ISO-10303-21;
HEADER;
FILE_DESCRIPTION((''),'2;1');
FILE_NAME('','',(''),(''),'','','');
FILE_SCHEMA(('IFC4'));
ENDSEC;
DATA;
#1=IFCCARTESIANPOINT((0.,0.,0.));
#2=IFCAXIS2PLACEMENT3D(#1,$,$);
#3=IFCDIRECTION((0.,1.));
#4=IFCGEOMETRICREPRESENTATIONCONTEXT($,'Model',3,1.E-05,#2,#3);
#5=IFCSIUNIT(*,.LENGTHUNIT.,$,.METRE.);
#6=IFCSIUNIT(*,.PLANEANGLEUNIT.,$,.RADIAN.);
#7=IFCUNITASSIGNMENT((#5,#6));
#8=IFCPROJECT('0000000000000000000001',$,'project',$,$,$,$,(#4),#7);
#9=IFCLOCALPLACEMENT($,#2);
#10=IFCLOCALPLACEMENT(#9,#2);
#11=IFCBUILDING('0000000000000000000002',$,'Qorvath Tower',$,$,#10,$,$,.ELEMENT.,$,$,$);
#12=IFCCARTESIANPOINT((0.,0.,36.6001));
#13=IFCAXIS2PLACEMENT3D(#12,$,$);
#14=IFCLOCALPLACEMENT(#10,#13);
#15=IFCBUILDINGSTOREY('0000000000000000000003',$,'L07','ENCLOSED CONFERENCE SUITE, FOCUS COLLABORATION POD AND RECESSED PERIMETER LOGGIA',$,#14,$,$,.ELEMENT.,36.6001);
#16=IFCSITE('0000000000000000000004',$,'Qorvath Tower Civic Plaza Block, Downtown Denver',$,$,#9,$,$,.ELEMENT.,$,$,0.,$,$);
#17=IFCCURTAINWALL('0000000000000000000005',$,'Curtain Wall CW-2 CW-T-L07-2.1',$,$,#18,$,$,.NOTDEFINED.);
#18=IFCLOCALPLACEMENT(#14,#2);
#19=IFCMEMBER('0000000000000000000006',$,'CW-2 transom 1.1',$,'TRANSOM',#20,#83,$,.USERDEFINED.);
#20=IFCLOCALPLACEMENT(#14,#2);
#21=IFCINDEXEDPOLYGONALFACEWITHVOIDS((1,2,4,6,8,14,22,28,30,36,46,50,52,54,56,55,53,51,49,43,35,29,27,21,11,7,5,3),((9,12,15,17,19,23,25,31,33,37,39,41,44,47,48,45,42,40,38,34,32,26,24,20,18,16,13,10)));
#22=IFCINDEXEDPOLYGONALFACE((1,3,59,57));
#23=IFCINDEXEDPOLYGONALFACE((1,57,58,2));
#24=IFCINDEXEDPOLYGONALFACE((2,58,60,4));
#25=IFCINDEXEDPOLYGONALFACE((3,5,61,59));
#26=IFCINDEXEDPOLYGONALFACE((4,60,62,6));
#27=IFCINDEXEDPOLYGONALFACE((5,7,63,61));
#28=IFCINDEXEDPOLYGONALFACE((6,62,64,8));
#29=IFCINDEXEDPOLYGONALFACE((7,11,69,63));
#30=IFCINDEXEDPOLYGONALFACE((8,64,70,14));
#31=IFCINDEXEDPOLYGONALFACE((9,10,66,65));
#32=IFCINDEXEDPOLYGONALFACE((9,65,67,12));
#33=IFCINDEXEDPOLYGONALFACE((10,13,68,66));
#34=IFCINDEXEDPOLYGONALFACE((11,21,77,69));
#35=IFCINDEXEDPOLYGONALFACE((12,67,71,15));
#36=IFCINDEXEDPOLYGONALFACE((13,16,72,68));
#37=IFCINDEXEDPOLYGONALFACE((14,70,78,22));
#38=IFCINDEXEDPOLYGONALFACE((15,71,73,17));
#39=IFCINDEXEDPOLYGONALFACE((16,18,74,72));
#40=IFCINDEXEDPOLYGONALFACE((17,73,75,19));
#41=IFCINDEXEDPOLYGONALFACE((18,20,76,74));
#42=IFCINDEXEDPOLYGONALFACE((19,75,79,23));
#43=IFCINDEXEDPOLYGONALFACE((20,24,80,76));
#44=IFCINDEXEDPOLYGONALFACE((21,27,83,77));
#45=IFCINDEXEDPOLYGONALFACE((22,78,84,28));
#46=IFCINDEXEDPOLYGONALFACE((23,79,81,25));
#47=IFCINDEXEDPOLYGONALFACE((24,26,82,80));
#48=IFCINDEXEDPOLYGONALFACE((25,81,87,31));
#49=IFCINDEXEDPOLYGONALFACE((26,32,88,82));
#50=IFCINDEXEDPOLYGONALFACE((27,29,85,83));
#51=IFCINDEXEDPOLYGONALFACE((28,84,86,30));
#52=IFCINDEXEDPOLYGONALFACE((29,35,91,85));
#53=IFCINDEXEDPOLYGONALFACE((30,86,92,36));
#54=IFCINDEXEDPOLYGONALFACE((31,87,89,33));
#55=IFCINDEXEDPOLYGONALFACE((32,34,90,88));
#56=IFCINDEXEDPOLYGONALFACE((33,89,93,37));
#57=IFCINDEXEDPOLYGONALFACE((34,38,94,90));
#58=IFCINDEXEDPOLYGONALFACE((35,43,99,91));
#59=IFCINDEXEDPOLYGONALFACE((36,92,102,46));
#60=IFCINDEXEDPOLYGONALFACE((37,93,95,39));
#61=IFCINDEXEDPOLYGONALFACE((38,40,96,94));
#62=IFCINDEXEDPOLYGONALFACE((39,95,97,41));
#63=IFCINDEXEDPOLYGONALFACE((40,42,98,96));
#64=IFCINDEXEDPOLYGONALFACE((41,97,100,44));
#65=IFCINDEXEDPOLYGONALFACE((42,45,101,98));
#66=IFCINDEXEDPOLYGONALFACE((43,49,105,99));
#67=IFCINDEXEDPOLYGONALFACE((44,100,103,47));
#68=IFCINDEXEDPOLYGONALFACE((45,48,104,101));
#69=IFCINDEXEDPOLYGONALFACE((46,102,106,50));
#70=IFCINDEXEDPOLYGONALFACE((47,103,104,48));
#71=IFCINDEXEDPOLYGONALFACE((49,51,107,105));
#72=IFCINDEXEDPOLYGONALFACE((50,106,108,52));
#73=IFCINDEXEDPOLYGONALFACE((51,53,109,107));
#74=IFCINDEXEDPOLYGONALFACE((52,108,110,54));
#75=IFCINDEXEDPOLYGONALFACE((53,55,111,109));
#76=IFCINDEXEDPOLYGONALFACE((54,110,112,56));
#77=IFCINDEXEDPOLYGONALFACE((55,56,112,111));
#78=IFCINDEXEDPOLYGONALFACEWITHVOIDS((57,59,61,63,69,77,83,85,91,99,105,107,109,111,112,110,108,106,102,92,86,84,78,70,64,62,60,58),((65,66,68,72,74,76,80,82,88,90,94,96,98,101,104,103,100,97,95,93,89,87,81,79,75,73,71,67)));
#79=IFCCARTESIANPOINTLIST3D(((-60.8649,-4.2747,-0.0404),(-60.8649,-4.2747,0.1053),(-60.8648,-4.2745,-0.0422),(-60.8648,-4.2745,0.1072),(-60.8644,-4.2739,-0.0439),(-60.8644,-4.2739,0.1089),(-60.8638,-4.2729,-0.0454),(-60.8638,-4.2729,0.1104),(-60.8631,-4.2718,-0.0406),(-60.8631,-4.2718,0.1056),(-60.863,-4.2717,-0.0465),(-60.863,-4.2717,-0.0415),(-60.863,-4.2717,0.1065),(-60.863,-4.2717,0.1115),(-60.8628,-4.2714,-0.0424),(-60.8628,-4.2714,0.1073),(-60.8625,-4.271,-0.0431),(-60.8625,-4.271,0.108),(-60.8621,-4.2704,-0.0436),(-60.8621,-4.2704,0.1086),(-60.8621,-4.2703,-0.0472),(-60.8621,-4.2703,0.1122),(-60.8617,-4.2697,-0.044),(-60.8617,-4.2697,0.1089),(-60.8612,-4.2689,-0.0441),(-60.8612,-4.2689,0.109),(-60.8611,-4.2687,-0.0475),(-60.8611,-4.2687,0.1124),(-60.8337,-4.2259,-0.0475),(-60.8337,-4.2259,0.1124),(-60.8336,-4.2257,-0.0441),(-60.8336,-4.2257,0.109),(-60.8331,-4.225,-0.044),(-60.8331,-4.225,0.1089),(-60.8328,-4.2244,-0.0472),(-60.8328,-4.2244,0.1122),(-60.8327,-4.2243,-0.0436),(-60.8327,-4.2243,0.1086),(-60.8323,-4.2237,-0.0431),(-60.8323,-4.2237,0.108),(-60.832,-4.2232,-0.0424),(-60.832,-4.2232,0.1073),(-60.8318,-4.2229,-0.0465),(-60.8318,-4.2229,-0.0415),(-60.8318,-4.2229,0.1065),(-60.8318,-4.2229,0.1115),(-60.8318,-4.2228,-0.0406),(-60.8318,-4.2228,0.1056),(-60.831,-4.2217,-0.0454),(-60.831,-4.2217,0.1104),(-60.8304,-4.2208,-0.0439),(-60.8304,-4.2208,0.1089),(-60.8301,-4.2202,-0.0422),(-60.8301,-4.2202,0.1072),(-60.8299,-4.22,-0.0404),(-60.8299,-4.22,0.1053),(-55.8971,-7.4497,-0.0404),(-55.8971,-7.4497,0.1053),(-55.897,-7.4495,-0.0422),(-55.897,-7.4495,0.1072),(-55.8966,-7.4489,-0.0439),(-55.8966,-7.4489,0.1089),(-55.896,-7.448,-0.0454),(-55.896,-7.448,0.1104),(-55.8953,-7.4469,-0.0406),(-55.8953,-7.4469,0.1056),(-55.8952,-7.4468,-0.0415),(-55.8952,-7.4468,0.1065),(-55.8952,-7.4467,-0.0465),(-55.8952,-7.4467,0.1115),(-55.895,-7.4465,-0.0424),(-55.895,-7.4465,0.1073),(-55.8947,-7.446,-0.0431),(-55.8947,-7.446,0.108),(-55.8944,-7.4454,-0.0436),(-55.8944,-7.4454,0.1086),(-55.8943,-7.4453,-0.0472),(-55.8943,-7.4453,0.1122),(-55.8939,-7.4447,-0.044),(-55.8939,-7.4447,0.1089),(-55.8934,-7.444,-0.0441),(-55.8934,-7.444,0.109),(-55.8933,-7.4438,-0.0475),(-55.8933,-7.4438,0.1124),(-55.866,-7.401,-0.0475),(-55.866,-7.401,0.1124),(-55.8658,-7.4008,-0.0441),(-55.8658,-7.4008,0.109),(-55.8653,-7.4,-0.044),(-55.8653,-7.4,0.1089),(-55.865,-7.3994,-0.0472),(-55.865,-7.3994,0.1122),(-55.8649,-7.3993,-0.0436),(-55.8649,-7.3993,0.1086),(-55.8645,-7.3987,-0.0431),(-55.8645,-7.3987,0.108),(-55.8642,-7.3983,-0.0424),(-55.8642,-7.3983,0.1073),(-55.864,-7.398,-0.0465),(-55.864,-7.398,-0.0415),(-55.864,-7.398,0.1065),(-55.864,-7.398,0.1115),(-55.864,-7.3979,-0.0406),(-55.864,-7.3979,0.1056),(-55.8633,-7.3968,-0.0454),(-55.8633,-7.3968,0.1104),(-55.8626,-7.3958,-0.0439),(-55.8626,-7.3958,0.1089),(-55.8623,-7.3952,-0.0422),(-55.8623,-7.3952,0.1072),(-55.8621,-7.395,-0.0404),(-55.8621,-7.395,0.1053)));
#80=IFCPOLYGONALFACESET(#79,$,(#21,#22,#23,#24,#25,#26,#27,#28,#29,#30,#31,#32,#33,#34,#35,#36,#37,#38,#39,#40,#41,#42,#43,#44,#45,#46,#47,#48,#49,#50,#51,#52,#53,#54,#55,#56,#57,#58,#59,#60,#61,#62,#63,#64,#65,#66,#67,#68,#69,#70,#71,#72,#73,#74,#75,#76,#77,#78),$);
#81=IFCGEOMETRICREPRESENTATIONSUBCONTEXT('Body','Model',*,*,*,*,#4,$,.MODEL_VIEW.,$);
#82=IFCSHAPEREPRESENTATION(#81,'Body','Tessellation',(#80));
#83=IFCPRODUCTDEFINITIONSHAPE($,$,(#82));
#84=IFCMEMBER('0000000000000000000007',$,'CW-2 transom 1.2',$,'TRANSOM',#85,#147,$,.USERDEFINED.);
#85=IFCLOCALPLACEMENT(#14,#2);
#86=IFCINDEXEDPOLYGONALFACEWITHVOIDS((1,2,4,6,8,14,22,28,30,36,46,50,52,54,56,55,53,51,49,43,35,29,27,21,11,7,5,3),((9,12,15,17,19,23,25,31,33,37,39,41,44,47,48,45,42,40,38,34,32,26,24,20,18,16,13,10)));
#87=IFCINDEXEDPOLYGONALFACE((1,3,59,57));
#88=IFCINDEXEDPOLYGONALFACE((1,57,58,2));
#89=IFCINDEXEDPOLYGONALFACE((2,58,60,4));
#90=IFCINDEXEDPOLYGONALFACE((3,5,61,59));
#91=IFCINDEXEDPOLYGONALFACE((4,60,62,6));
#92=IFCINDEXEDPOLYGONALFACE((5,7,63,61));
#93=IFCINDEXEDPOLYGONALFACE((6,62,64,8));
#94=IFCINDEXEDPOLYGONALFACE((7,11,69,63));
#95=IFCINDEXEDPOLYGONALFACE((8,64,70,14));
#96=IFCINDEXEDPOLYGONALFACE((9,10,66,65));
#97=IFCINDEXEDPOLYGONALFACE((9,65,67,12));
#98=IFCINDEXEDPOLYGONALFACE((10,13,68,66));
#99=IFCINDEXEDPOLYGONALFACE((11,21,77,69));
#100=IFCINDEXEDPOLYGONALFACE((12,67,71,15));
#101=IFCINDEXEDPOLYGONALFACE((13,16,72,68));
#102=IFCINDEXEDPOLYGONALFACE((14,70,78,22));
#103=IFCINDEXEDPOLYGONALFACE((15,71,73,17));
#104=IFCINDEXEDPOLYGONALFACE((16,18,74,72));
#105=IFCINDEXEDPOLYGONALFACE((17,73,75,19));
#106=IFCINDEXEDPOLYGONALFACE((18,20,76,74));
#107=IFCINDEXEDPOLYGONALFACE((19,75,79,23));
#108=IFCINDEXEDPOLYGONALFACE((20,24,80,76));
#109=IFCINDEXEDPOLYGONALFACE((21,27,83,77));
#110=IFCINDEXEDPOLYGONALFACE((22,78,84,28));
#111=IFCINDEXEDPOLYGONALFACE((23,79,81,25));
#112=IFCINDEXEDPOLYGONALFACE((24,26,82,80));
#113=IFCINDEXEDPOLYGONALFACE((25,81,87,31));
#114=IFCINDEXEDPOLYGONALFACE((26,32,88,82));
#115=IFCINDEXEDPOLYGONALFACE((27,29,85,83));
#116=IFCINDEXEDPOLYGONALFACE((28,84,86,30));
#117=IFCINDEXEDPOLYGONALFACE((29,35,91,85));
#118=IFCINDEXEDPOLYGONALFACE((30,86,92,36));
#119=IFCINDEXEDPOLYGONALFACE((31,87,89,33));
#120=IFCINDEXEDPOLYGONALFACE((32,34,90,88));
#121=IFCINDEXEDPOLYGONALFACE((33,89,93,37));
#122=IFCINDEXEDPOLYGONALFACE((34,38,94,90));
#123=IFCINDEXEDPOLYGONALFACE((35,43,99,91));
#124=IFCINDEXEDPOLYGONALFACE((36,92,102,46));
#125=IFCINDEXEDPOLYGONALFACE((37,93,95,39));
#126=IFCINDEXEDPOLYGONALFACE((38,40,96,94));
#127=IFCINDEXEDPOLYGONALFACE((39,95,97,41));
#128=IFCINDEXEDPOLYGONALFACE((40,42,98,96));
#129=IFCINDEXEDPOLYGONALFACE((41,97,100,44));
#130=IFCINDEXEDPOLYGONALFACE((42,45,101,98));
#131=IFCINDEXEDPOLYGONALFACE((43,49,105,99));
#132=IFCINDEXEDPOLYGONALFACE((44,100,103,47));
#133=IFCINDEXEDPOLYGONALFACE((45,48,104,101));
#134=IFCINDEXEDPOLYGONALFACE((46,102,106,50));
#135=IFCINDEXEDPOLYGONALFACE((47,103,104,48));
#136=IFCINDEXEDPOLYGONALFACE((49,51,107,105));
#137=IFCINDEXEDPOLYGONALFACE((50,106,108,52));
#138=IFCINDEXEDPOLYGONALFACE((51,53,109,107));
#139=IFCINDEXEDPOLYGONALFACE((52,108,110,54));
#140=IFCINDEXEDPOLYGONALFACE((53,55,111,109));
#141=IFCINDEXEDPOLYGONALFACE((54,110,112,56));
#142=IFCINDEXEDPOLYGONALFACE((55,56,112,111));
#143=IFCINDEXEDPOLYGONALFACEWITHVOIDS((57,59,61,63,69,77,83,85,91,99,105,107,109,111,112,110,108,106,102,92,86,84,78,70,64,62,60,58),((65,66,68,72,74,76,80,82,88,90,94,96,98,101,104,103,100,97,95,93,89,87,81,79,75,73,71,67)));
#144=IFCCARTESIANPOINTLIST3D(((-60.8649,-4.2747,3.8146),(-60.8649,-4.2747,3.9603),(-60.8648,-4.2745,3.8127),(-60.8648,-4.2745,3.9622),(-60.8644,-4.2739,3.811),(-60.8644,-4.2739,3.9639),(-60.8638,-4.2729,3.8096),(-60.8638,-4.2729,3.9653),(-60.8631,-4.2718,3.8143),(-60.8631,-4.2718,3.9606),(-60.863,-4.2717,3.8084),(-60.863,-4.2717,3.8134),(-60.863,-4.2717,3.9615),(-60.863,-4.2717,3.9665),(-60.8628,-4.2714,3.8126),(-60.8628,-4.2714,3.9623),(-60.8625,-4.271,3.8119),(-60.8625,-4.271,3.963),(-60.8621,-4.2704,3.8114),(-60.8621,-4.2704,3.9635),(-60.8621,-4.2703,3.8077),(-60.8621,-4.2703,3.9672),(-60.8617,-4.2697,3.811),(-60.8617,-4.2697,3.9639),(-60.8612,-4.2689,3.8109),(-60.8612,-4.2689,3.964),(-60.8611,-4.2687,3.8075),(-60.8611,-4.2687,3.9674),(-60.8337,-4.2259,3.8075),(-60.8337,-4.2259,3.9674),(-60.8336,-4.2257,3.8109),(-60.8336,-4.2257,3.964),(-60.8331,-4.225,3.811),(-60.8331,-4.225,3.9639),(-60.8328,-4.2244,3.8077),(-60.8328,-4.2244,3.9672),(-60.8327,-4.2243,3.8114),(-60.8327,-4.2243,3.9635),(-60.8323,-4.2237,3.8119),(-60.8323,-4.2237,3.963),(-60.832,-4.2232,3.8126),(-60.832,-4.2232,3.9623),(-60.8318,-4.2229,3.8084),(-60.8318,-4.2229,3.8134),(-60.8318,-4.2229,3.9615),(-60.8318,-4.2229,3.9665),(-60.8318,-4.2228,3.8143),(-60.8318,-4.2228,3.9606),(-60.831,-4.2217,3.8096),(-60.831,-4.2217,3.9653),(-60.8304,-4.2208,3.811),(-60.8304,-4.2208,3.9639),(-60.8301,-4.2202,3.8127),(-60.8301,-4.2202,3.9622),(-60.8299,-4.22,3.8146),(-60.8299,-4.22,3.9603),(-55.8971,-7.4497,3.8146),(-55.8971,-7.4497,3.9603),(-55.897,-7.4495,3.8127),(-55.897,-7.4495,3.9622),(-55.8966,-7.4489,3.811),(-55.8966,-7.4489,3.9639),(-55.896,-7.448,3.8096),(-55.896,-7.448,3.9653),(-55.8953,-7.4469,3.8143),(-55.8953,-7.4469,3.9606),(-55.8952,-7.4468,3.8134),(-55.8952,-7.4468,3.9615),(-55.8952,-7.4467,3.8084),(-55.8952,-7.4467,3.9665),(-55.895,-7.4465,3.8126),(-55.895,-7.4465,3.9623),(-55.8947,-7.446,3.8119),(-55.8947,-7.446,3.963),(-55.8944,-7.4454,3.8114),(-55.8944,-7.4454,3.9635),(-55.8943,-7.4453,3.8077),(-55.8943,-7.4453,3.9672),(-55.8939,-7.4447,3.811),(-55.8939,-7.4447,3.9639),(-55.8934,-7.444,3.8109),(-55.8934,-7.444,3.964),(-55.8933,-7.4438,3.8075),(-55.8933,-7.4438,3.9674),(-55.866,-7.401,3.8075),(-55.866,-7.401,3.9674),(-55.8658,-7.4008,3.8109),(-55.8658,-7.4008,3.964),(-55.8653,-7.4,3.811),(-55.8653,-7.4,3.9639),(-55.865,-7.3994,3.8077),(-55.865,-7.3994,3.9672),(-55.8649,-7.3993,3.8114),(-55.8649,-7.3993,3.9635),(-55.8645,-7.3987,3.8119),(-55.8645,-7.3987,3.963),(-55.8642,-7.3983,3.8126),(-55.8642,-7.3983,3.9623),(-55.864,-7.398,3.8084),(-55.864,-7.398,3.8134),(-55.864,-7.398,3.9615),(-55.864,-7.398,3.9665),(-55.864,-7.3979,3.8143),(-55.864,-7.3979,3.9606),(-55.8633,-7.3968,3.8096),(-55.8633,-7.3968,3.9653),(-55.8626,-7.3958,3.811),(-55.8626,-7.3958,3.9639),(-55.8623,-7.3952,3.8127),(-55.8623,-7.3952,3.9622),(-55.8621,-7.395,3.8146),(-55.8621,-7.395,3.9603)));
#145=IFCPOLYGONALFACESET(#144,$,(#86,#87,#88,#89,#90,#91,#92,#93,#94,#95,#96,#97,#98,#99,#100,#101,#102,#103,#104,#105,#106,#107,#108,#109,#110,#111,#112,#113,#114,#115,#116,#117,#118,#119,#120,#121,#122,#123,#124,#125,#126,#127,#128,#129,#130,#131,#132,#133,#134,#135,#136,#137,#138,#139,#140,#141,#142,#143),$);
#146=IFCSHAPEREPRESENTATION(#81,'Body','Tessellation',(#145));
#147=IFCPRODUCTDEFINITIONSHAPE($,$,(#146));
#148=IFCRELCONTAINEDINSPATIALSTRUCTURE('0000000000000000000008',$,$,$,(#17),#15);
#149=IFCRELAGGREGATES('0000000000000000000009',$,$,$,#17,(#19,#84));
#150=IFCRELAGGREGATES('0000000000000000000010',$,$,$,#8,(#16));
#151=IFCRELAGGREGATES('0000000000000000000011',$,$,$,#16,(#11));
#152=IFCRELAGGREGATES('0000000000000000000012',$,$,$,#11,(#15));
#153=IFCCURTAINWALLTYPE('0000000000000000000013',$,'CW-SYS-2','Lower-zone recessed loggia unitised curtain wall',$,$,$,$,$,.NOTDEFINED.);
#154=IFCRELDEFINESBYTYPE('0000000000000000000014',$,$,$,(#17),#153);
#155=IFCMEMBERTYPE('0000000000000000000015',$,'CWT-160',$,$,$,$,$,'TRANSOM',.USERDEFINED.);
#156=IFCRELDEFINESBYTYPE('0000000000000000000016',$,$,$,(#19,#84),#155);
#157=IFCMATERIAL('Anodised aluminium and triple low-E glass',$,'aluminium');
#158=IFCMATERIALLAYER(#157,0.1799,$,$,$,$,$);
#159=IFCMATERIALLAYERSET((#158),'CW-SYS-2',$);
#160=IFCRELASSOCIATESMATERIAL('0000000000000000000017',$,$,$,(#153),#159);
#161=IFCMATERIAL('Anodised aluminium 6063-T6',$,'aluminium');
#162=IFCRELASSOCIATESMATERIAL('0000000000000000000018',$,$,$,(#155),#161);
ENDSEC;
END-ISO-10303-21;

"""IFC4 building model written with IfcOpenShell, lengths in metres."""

from ifc_helpers import new_model, si_unit, direction, frame, origin, origin_2d, place, context, subcontext, project, spatial, hollow_rectangle, extrude, material, layer, layer_set, material_profile, profile_set, type_object, element, aggregate, save


model = new_model("IFC4")

# Units and contexts
model_context = context("Model", 3, precision=1e-05, world=origin(), true_north=direction((0.0, 1.0)))
body_context = subcontext(model_context, "Body", "Model", "MODEL_VIEW")
ifc_project = project(units=[si_unit("LENGTHUNIT", "METRE"), si_unit("PLANEANGLEUNIT", "RADIAN")], contexts=[model_context])

# Site, building, storey
site_placement = place(None, origin())
site = spatial("IfcSite", under=ifc_project, at=site_placement, Name="Qorvath Tower Civic Plaza Block, Downtown Denver", CompositionType="ELEMENT", RefElevation=0.0)
building_placement = place(site_placement, origin())
building = spatial("IfcBuilding", under=site, at=building_placement, Name="Qorvath Tower", CompositionType="ELEMENT")
storey_placement = place(building_placement, frame((0.0, 0.0, 36.6001)))
storey = spatial("IfcBuildingStorey", under=building, at=storey_placement, Name="L07", Description="ENCLOSED CONFERENCE SUITE, FOCUS COLLABORATION POD AND RECESSED PERIMETER LOGGIA", CompositionType="ELEMENT", Elevation=36.6001)

# Curtain wall, members
ifc_material_1 = material(Name="Anodised aluminium and triple low-E glass", Category="aluminium")
ifc_layer_1 = layer(ifc_material_1, 0.1799)
ifc_layer_set_1 = layer_set([ifc_layer_1], Name="CW-SYS-2")
curtain_wall_type = type_object("IfcCurtainWallType", Name="CW-SYS-2", Description="Lower-zone recessed loggia unitised curtain wall", PredefinedType="NOTDEFINED", material=ifc_layer_set_1)
curtain_wall_placement = place(storey_placement, origin())
curtain_wall = element("IfcCurtainWall", 1, at=curtain_wall_placement, inside=storey, type_object=curtain_wall_type, Name="Curtain Wall CW-2 CW-T-L07-2.1", PredefinedType="NOTDEFINED")
ifc_material_2 = material(Name="Anodised aluminium 6063-T6", Category="aluminium")
ifc_material_profile_1 = material_profile(ifc_material_2, hollow_rectangle(XDim=0.0649, YDim=0.1599, WallThickness=0.0034, InnerFilletRadius=0.0034, OuterFilletRadius=0.0071, at=origin_2d()), Name="CWT 160x65")
ifc_profile_set_1 = profile_set([ifc_material_profile_1], Name="Anodised aluminium 6063-T6")
member_type_1 = type_object("IfcMemberType", Name="CWT-160", ElementType="TRANSOM", PredefinedType="USERDEFINED", material=ifc_profile_set_1)
member_1_placement = place(storey_placement, frame((-60.8474, -4.2473, 0.0325), z_axis=(0.842604, -0.538533, 0.0), x_axis=(0.538533, 0.842604, 0.0)))
member_1 = element("IfcMember", 2, at=member_1_placement, type_object=member_type_1, Name="CW-2 transom 1.1", ObjectType="TRANSOM", PredefinedType="USERDEFINED", context=body_context, shape_type="SweptSolid", body=[
    extrude(hollow_rectangle(XDim=0.0649, YDim=0.1599, WallThickness=0.0034, InnerFilletRadius=0.0034, OuterFilletRadius=0.0071, at=origin_2d()), origin(), (0.0, 0.0, 1.0), 5.8958),
])
member_2_placement = place(storey_placement, frame((-60.8474, -4.2473, 3.8875), z_axis=(0.842604, -0.538533, 0.0), x_axis=(0.538533, 0.842604, 0.0)))
member_2 = element("IfcMember", 3, at=member_2_placement, type_object=member_type_1, Name="CW-2 transom 1.2", ObjectType="TRANSOM", PredefinedType="USERDEFINED", context=body_context, shape_type="SweptSolid", body=[
    extrude(hollow_rectangle(XDim=0.0649, YDim=0.1599, WallThickness=0.0034, InnerFilletRadius=0.0034, OuterFilletRadius=0.0071, at=origin_2d()), origin(), (0.0, 0.0, 1.0), 5.8958),
])

aggregate(curtain_wall, [member_1, member_2])

save(model, "model.ifc")
